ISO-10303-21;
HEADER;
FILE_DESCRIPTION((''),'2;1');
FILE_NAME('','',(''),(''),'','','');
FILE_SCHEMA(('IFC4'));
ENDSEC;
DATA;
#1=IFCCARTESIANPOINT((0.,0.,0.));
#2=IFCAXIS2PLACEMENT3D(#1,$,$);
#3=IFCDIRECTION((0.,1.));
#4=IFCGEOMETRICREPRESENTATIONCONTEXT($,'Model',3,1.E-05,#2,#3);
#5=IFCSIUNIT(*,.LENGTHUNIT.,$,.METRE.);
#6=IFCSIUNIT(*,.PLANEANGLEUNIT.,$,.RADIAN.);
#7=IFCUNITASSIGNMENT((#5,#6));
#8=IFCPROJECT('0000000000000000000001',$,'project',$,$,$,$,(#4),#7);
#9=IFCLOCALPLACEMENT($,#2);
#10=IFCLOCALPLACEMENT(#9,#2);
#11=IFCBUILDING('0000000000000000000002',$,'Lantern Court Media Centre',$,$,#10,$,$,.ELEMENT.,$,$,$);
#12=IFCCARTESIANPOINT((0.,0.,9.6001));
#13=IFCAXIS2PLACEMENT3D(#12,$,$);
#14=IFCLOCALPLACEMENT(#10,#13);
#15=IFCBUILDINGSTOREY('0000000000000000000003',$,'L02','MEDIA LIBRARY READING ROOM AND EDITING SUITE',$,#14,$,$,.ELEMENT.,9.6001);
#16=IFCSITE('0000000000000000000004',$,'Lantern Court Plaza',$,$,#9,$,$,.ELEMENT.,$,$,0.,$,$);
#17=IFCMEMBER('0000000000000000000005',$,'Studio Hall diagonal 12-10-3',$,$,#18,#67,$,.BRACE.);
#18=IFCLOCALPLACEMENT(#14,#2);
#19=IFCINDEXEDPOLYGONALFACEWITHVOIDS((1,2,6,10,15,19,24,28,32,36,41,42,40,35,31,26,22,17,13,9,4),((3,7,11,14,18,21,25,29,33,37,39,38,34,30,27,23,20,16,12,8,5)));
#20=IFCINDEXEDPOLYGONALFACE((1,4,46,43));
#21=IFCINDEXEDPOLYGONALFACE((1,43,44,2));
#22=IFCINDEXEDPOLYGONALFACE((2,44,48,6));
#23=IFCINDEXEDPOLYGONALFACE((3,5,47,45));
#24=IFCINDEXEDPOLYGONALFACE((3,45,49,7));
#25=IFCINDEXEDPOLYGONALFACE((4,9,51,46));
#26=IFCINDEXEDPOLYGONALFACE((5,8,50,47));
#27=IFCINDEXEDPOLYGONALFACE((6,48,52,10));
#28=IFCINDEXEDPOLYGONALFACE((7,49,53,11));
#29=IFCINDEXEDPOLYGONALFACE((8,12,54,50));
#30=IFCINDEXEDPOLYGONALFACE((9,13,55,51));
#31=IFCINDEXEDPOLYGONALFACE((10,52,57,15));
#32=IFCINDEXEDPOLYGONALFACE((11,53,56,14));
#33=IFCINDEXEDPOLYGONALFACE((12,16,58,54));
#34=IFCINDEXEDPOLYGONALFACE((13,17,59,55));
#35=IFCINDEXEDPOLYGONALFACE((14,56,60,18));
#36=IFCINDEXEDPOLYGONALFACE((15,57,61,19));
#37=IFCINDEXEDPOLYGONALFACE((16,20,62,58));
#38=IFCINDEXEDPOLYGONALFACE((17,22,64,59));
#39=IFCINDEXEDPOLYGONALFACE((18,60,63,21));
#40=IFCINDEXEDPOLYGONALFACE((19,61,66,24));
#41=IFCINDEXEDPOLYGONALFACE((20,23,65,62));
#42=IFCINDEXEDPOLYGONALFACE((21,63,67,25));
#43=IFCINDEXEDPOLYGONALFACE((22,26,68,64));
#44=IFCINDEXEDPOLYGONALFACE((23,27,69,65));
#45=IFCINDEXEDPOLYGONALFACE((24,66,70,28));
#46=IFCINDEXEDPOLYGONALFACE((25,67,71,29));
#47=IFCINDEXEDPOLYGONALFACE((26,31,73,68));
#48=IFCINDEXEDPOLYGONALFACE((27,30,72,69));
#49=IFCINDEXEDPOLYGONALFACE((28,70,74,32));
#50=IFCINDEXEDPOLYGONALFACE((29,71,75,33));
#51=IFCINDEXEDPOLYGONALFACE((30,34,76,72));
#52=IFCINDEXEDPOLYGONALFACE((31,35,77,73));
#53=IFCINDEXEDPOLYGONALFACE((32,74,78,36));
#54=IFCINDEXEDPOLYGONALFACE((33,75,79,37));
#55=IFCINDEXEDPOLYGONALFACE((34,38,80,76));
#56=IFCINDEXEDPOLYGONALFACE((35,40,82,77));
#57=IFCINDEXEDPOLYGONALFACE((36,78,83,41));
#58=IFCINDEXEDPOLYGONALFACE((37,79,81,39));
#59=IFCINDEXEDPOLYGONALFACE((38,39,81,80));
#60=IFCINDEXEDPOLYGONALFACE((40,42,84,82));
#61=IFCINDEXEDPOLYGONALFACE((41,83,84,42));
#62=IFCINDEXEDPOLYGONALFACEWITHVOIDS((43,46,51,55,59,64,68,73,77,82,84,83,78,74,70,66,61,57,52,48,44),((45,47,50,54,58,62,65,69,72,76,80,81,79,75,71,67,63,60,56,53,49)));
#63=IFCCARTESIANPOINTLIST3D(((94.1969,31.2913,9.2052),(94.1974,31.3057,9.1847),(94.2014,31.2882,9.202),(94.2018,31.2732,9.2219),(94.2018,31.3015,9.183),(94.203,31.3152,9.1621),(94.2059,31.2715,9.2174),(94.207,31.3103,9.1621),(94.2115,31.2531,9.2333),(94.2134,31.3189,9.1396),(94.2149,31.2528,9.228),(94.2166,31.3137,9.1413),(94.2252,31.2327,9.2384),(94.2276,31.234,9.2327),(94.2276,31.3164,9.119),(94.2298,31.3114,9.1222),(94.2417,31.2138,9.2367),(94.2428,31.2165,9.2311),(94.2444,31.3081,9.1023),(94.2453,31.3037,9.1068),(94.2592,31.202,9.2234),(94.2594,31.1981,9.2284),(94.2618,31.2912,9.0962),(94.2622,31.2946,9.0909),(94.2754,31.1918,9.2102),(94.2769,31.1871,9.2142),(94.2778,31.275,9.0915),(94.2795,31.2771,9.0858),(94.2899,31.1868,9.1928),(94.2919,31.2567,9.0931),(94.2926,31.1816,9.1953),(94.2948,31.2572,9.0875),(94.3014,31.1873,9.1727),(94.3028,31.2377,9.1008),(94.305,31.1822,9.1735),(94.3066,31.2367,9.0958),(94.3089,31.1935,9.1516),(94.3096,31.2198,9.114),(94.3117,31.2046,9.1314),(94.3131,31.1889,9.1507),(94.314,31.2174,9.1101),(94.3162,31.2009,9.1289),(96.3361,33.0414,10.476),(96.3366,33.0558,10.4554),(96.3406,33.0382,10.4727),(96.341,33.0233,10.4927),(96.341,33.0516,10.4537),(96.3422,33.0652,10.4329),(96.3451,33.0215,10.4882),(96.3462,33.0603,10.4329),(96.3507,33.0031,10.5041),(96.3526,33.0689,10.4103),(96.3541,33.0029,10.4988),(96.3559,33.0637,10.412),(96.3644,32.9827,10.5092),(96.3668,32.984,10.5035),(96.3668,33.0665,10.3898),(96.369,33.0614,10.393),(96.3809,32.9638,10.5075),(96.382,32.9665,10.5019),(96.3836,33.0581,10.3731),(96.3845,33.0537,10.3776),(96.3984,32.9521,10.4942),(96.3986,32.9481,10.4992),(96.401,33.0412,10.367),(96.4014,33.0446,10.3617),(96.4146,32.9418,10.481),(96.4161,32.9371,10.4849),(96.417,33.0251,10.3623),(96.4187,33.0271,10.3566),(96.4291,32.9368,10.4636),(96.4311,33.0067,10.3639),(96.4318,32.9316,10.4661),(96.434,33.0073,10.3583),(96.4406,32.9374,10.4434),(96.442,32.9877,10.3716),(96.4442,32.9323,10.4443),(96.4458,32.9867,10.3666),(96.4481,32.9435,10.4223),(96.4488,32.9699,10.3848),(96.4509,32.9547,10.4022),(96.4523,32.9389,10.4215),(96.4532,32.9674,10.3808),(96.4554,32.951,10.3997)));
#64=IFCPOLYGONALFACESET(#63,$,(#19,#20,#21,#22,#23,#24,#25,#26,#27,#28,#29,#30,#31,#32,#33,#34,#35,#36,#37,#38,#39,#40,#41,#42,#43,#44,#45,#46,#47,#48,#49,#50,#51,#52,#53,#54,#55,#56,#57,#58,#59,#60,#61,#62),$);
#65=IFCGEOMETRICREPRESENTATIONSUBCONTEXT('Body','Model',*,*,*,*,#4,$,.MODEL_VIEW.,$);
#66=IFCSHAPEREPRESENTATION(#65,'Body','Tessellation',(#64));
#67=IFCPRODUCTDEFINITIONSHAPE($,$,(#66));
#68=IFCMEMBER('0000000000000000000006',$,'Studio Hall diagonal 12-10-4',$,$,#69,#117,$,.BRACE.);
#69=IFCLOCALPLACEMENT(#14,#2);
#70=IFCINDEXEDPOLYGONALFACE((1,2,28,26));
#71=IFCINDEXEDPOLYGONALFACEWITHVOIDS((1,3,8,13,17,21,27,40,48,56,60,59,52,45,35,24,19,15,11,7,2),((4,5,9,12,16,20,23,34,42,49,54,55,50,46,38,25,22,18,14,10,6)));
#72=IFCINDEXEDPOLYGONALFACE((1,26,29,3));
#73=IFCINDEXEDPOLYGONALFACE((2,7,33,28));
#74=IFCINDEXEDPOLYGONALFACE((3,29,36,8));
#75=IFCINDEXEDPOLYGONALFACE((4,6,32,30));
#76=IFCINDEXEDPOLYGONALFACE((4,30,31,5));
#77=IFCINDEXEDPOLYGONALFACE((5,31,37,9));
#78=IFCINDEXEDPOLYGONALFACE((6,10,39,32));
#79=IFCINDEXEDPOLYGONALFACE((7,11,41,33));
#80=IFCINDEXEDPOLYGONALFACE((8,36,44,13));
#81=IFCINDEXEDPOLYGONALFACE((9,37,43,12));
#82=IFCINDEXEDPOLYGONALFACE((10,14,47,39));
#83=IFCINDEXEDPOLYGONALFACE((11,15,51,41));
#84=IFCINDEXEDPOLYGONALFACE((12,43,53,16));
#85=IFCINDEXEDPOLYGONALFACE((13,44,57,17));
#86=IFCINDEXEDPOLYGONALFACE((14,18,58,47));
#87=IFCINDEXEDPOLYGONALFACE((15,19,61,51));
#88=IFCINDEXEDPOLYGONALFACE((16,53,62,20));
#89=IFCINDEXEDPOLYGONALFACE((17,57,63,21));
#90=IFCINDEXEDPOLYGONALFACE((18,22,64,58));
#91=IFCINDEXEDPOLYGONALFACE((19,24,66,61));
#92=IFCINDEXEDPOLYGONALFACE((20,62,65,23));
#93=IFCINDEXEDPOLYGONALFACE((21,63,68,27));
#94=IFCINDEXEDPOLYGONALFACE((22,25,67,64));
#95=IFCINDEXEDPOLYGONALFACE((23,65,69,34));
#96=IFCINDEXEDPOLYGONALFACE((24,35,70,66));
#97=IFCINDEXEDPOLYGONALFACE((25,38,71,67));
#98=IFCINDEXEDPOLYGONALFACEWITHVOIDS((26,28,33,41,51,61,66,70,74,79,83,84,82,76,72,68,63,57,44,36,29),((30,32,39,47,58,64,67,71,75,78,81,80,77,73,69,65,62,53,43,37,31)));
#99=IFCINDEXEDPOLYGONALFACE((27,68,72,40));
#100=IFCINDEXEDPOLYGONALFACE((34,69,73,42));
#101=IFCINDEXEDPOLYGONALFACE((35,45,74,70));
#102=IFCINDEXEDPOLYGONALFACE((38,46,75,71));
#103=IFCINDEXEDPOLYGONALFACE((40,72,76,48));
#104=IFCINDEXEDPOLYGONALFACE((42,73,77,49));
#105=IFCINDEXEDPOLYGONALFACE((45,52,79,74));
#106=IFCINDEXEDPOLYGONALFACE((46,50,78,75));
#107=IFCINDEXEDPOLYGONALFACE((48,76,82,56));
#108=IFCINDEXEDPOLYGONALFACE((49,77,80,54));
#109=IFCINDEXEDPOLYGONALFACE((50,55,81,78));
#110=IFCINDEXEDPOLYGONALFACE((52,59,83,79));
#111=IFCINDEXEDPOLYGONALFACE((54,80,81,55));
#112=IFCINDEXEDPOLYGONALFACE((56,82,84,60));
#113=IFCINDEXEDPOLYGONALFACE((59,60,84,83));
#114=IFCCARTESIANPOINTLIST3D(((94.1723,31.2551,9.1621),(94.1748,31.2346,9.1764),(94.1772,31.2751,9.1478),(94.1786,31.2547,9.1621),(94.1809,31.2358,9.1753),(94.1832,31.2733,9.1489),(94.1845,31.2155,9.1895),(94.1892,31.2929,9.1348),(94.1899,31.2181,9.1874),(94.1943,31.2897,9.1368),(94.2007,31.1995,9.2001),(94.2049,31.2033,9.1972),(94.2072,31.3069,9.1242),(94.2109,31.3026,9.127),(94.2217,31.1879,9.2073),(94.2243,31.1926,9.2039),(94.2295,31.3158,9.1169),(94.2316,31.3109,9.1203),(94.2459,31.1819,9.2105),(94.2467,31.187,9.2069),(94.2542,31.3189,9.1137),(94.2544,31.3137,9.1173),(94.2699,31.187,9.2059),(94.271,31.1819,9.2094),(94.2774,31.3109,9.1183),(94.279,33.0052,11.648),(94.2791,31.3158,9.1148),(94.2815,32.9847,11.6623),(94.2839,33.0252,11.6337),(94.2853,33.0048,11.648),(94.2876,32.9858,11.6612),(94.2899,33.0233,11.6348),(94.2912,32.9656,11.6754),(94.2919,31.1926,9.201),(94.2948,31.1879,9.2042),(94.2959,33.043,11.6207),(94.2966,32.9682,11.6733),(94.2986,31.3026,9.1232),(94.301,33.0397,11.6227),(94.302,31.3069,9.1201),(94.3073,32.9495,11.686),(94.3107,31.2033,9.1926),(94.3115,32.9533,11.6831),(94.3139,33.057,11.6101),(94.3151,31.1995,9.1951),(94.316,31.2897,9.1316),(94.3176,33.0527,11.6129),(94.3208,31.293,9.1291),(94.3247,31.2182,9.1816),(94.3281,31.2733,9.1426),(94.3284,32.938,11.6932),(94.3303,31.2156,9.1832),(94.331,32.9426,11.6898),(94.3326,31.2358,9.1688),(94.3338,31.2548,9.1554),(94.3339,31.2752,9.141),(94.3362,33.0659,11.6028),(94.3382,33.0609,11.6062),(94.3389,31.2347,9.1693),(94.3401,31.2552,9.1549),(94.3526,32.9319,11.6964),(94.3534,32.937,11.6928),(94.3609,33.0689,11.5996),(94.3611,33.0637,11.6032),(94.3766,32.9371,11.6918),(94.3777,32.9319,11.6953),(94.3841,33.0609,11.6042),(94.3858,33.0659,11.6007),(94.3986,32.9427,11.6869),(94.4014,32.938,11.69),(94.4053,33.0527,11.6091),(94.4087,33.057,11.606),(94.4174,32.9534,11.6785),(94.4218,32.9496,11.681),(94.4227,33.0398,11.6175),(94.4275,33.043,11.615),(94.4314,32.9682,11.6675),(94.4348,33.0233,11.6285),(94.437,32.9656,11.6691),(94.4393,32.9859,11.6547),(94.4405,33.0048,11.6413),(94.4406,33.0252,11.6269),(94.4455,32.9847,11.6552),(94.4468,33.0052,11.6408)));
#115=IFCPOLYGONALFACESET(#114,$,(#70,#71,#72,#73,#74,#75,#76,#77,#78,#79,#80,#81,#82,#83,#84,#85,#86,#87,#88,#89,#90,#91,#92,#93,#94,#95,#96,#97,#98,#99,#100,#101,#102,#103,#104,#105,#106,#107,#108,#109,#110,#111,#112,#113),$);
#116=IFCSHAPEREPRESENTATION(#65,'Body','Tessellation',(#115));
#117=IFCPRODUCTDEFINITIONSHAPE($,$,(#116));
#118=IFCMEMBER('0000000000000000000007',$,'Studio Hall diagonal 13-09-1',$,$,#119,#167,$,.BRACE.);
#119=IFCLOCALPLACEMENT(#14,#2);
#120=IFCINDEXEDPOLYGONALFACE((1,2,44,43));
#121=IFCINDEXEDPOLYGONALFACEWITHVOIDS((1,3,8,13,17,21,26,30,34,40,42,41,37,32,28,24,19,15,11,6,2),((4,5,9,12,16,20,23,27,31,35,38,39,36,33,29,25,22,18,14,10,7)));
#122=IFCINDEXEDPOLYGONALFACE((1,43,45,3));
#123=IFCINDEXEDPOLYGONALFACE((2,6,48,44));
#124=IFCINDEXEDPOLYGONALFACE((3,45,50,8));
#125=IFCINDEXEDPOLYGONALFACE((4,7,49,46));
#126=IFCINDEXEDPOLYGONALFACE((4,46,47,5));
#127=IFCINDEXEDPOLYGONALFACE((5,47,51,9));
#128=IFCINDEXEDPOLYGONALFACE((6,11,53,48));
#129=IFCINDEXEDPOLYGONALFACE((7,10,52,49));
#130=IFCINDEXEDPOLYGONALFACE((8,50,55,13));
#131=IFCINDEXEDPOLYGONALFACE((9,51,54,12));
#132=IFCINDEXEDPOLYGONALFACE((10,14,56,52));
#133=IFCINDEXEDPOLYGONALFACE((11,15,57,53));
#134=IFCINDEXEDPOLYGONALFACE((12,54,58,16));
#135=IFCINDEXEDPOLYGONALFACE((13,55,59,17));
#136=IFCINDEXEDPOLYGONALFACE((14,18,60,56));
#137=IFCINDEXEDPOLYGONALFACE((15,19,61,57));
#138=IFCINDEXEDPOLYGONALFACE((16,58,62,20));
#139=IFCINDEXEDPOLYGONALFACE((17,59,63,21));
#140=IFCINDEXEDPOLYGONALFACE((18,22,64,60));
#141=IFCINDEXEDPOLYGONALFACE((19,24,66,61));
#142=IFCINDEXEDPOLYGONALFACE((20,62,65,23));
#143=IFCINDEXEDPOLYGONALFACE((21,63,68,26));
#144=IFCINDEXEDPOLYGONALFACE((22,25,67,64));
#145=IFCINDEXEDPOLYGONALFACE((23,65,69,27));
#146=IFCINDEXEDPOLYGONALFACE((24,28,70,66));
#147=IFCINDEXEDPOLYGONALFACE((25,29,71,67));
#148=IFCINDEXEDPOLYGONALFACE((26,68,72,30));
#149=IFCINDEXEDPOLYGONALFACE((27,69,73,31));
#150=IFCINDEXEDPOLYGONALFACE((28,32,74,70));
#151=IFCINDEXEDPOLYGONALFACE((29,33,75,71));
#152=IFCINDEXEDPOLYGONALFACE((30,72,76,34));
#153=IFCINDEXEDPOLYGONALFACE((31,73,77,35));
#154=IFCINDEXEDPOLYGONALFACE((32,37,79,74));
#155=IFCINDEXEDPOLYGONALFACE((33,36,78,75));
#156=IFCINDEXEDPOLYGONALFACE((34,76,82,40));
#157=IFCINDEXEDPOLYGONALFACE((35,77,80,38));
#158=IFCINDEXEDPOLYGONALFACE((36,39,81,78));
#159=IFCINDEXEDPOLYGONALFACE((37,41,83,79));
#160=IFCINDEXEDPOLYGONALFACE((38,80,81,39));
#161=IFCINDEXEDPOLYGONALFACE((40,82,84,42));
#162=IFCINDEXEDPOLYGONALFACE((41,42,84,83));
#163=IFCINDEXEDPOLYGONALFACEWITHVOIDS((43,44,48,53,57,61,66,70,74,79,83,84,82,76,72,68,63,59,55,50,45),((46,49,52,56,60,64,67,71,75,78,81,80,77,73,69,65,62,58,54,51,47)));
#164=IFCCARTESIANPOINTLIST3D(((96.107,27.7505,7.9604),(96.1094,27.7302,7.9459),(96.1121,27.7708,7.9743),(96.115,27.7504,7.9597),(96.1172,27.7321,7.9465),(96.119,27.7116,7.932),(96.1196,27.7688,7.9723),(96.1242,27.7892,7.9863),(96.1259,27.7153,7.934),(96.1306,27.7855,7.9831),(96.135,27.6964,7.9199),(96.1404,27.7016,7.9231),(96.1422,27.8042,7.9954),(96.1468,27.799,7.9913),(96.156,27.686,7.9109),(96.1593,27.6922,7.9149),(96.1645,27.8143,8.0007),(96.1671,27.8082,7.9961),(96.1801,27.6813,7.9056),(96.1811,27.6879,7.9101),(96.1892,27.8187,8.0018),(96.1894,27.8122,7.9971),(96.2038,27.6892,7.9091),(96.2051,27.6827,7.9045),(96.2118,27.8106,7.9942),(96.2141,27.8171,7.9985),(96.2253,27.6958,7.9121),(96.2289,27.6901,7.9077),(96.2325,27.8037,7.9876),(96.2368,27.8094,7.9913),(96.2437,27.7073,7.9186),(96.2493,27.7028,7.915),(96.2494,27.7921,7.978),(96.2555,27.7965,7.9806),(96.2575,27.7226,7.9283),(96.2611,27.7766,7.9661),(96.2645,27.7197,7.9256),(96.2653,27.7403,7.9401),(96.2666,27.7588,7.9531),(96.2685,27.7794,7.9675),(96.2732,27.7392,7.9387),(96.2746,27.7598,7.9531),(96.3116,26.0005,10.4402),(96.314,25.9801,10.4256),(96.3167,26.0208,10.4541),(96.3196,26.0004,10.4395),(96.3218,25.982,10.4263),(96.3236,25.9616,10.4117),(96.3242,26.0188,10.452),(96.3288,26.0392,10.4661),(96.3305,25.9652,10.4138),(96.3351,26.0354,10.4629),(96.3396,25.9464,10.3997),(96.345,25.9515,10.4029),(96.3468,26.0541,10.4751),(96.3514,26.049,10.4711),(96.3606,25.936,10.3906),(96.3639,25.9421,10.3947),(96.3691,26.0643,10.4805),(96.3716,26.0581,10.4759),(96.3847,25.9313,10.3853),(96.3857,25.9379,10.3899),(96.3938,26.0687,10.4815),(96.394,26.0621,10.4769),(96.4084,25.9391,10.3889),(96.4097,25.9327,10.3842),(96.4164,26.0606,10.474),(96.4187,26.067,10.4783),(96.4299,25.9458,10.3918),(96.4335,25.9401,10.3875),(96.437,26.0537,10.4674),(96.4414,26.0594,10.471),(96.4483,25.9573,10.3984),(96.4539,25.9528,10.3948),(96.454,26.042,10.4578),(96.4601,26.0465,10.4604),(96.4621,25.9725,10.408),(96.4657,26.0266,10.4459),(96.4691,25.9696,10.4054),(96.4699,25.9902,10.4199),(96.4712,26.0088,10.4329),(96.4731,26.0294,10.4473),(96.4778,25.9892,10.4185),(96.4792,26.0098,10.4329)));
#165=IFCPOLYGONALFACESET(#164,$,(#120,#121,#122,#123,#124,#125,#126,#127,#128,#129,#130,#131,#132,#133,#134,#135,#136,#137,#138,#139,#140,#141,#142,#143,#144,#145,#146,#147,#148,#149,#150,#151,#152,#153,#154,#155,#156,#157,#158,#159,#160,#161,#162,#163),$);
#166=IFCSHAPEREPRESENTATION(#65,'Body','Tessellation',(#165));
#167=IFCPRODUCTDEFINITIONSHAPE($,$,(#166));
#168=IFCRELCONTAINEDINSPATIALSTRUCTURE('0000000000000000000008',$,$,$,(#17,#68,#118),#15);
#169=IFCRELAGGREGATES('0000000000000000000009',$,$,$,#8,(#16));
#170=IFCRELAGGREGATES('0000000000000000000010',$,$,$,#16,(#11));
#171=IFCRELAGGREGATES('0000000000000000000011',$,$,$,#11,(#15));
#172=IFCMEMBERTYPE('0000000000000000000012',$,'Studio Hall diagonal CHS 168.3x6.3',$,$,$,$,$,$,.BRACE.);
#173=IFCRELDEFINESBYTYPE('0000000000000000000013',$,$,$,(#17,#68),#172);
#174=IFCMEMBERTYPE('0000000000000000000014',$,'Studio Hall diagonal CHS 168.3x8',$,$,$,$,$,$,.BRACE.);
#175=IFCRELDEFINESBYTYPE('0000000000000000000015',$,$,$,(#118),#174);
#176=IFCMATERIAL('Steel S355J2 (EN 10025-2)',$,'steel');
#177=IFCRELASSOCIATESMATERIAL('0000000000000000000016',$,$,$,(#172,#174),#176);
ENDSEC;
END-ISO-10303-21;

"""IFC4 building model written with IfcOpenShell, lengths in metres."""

from ifc_helpers import new_model, si_unit, direction, frame, origin, origin_2d, place, context, subcontext, project, spatial, hollow_circle, extrude, material, material_profile, profile_set, type_object, element, save


model = new_model("IFC4")

# Units and contexts
model_context = context("Model", 3, precision=1e-05, world=origin(), true_north=direction((0.0, 1.0)))
body_context = subcontext(model_context, "Body", "Model", "MODEL_VIEW")
ifc_project = project(units=[si_unit("LENGTHUNIT", "METRE"), si_unit("PLANEANGLEUNIT", "RADIAN")], contexts=[model_context])

# Site, building, storey
site_placement = place(None, origin())
site = spatial("IfcSite", under=ifc_project, at=site_placement, Name="Lantern Court Plaza", CompositionType="ELEMENT", RefElevation=0.0)
building_placement = place(site_placement, origin())
building = spatial("IfcBuilding", under=site, at=building_placement, Name="Lantern Court Media Centre", CompositionType="ELEMENT")
storey_placement = place(building_placement, frame((0.0, 0.0, 9.6001)))
storey = spatial("IfcBuildingStorey", under=building, at=storey_placement, Name="L02", Description="MEDIA LIBRARY READING ROOM AND EDITING SUITE", CompositionType="ELEMENT", Elevation=9.6001)

# Members
ifc_material = material(Name="Steel S355J2 (EN 10025-2)", Category="steel")
ifc_material_profile_1 = material_profile(ifc_material, hollow_circle(Radius=0.0842, WallThickness=0.0063, at=origin_2d()), Name="Studio Hall diagonal CHS 168.3x6.3")
ifc_profile_set_1 = profile_set([ifc_material_profile_1], Name="Steel S355J2 (EN 10025-2)")
member_type_1 = type_object("IfcMemberType", Name="Studio Hall diagonal CHS 168.3x6.3", PredefinedType="BRACE", material=ifc_profile_set_1)
for number, where, z_axis, x_axis, name in (
    (1, (94.2563, 31.25, 9.1621), (0.703225, 0.575293, 0.417746), (-0.63319, 0.773997, 0.0), "Studio Hall diagonal 12-10-3"),
    (2, (94.2563, 31.25, 9.1621), (0.035073, 0.575294, 0.817194), (-0.998147, 0.060852, 0.0), "Studio Hall diagonal 12-10-4"),
):
    element("IfcMember", number, at=place(storey_placement, frame(where, z_axis=z_axis, x_axis=x_axis)), inside=storey, type_object=member_type_1, Name=name, PredefinedType="BRACE", context=body_context, shape_type="SweptSolid", body=[
        extrude(hollow_circle(Radius=0.0842, WallThickness=0.0063, at=origin_2d()), origin(), (0.0, 0.0, 1.0), 3.042),
    ])
ifc_material_profile_2 = material_profile(ifc_material, hollow_circle(Radius=0.0842, WallThickness=0.0081, at=origin_2d()), Name="Studio Hall diagonal CHS 168.3x8")
ifc_profile_set_2 = profile_set([ifc_material_profile_2], Name="Steel S355J2 (EN 10025-2)")
member_type_2 = type_object("IfcMemberType", Name="Studio Hall diagonal CHS 168.3x8", PredefinedType="BRACE", material=ifc_profile_set_2)
for number, where, z_axis, x_axis, name in (
    (3, (96.1909, 27.75, 7.9531), (0.067256, -0.575289, 0.81518), (0.993235, 0.116118, 0.0), "Studio Hall diagonal 13-09-1"),
):
    element("IfcMember", number, at=place(storey_placement, frame(where, z_axis=z_axis, x_axis=x_axis)), inside=storey, type_object=member_type_2, Name=name, PredefinedType="BRACE", context=body_context, shape_type="SweptSolid", body=[
        extrude(hollow_circle(Radius=0.0842, WallThickness=0.0081, at=origin_2d()), origin(), (0.0, 0.0, 1.0), 3.042),
    ])

save(model, "model.ifc")
